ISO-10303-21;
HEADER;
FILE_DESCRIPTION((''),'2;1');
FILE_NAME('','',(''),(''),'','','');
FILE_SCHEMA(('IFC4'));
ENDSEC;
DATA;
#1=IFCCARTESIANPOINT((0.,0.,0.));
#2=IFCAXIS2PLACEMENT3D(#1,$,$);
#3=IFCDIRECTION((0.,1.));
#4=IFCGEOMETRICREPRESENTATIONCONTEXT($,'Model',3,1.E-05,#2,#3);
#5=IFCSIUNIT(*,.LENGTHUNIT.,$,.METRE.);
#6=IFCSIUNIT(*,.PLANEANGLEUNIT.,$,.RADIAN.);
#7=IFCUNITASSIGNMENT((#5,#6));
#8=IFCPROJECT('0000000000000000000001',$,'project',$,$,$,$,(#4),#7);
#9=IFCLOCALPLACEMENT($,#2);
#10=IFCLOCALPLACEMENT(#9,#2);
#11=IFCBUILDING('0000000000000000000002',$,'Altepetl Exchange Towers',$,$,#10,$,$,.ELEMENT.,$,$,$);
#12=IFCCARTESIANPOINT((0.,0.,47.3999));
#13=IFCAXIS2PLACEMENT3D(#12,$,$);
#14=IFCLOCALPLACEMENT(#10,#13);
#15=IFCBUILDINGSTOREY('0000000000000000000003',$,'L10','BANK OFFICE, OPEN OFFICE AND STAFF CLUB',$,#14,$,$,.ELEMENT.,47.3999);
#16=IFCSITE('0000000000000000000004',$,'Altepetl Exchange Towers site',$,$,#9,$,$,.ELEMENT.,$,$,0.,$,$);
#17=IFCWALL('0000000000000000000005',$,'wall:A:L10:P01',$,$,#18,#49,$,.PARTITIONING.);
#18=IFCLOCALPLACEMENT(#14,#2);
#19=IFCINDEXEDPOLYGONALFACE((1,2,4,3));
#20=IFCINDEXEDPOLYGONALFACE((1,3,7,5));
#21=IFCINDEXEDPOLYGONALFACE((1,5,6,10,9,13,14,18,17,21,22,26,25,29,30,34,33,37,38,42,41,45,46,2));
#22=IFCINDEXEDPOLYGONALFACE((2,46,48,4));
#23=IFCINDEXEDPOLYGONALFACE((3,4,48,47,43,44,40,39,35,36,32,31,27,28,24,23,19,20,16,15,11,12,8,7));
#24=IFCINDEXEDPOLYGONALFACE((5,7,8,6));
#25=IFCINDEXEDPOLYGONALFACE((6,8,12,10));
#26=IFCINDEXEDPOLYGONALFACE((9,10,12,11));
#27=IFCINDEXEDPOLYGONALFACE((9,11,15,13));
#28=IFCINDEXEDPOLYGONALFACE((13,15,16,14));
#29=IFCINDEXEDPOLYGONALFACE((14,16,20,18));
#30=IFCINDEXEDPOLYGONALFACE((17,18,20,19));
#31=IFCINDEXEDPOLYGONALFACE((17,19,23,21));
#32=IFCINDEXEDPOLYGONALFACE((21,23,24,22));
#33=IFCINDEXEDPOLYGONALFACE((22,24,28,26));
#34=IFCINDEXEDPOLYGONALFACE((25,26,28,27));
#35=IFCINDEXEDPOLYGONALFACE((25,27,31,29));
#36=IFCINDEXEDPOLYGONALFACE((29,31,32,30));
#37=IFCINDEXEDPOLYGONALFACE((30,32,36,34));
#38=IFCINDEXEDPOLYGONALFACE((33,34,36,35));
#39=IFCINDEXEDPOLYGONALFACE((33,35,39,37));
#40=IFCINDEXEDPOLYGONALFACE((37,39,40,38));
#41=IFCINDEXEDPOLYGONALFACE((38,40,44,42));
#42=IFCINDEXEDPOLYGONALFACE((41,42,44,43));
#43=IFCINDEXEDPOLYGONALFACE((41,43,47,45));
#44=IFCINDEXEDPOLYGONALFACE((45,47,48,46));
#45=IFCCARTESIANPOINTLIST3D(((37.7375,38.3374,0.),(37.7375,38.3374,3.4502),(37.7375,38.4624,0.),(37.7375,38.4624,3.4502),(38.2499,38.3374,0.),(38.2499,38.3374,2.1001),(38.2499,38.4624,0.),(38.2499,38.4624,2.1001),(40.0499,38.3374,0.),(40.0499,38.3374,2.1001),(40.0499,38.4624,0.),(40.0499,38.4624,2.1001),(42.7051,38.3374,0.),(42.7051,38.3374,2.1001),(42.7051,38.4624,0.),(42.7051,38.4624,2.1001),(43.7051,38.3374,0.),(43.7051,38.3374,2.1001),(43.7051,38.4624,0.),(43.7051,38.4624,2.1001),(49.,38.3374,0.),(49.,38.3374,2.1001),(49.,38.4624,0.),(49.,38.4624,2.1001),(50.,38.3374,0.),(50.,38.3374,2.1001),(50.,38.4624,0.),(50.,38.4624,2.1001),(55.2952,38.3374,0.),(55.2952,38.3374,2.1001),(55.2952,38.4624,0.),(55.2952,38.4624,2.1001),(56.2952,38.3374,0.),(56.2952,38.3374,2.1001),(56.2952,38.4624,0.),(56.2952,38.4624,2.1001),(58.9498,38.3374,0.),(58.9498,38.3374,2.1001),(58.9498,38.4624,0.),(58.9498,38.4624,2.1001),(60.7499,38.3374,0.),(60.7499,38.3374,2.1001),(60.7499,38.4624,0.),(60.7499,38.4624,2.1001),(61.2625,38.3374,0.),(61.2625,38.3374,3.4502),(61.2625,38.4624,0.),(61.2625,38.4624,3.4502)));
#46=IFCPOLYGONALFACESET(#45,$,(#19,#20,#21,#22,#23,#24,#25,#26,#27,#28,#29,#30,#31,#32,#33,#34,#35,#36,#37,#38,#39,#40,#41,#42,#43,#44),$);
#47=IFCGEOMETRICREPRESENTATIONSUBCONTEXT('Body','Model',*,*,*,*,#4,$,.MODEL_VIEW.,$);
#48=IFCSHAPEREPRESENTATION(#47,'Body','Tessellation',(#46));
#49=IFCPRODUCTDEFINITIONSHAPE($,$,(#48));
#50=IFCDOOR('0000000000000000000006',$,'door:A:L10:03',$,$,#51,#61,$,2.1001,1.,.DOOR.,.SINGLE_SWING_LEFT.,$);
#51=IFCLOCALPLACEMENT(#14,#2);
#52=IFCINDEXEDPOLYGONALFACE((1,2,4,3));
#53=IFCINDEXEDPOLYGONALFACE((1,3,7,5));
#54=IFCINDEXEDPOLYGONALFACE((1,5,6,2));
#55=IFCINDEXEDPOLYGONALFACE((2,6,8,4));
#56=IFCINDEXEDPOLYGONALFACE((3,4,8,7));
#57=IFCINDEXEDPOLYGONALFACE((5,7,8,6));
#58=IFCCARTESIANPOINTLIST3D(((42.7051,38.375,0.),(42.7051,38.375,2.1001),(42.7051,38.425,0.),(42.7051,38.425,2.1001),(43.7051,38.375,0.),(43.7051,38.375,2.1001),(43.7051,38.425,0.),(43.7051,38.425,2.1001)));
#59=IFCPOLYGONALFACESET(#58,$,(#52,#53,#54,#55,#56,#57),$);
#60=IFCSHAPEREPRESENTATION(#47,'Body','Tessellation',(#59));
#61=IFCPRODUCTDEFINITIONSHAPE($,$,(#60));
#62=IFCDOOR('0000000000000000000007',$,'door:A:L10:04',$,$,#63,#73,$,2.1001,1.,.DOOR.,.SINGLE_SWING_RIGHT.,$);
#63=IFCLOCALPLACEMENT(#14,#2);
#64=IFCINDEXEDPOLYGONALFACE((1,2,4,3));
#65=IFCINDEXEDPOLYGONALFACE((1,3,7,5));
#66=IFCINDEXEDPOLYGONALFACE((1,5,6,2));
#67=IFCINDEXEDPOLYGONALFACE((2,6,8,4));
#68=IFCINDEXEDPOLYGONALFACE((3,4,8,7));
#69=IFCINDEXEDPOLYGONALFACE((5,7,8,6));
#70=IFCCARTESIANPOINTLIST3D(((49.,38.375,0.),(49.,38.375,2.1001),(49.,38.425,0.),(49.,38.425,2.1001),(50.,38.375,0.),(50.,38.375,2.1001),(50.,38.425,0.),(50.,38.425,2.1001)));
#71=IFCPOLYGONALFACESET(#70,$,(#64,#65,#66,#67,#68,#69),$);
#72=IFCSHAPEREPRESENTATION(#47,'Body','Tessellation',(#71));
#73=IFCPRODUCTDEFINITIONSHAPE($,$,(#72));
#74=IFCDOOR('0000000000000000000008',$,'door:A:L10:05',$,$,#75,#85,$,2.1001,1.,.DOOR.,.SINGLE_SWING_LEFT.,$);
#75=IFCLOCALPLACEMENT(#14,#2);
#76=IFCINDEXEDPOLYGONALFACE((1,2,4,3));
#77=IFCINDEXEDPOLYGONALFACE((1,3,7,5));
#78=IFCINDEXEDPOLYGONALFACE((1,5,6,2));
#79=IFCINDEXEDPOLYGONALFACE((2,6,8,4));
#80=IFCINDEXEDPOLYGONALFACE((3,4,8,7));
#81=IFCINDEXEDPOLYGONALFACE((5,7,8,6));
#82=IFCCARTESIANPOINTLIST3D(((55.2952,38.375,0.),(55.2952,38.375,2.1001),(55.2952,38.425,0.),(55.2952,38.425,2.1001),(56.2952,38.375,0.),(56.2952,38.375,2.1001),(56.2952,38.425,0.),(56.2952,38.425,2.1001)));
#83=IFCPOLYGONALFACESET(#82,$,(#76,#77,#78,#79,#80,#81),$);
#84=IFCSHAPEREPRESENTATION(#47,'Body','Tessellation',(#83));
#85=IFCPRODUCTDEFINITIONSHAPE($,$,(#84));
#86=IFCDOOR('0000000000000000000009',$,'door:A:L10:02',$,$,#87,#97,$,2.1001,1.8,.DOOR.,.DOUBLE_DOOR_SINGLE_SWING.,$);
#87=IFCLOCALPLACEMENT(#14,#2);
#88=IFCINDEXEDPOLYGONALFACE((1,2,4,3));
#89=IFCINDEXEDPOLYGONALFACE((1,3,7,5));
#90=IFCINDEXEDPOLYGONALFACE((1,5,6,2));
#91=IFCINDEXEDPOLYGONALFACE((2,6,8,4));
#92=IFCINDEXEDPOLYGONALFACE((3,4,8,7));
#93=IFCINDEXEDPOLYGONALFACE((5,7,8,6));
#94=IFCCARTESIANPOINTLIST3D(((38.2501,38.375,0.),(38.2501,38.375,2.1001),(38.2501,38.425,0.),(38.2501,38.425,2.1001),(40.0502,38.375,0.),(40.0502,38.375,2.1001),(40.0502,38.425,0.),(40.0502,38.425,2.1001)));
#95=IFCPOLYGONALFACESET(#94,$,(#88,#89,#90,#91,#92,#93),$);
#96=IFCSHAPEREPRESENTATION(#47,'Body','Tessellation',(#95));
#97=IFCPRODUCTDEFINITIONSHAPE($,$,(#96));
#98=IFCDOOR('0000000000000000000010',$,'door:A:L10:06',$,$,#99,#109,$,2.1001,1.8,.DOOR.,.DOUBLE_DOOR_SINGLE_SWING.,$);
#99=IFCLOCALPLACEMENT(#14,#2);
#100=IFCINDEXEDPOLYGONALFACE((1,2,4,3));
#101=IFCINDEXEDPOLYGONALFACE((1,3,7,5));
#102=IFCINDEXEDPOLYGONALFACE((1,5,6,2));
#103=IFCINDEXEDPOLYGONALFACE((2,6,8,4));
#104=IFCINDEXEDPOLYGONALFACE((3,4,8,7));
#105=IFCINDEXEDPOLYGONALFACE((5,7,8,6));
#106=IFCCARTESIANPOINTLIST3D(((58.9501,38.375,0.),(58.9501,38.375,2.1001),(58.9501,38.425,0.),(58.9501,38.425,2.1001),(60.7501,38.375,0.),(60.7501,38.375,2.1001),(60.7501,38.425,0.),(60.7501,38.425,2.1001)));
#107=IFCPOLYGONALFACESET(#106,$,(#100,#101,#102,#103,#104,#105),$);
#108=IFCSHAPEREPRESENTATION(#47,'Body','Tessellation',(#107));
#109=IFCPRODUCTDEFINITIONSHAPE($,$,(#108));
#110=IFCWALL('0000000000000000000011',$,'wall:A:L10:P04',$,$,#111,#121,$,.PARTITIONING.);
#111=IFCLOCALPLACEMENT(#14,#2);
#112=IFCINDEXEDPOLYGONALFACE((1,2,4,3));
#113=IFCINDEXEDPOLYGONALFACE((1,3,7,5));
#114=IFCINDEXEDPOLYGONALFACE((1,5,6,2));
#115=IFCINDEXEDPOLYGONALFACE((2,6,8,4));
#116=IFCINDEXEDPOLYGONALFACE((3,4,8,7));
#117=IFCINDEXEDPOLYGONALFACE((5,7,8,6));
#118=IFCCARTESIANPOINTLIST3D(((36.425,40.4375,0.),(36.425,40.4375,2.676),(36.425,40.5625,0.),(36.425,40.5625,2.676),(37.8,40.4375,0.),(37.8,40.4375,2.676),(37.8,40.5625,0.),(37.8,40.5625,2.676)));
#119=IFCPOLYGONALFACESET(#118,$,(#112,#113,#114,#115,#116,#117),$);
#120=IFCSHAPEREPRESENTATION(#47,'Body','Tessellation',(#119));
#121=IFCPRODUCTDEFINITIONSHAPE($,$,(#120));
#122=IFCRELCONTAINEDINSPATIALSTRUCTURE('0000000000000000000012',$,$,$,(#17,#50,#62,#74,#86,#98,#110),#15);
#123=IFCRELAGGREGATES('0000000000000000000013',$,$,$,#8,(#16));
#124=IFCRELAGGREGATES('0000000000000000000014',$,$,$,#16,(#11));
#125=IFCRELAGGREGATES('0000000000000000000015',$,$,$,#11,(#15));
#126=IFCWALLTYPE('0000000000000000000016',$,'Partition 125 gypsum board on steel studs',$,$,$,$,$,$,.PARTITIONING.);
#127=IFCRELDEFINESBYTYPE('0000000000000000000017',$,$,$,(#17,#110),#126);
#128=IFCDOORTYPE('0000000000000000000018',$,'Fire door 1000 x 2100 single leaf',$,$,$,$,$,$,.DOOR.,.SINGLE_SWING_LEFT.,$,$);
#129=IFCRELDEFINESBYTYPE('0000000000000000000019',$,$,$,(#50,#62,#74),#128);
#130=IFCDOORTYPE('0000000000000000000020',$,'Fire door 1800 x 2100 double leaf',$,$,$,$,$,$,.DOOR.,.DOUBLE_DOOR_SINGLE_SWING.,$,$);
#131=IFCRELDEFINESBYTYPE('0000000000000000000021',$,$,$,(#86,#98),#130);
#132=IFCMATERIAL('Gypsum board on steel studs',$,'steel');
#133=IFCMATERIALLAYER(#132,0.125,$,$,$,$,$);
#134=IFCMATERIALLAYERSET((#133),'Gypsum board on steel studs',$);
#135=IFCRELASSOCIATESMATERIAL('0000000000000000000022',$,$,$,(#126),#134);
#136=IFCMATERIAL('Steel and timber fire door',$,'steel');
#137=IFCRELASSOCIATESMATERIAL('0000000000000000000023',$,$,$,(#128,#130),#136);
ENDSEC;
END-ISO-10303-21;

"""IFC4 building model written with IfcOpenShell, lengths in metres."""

from ifc_helpers import new_model, si_unit, direction, frame, frame_2d, origin, place, context, subcontext, project, spatial, rectangle, extrude, material, layer, layer_set, type_object, element, fill, save


model = new_model("IFC4")

# Units and contexts
model_context = context("Model", 3, precision=1e-05, world=origin(), true_north=direction((0.0, 1.0)))
body_context = subcontext(model_context, "Body", "Model", "MODEL_VIEW")
ifc_project = project(units=[si_unit("LENGTHUNIT", "METRE"), si_unit("PLANEANGLEUNIT", "RADIAN")], contexts=[model_context])

# Site, building, storey
site_placement = place(None, origin())
site = spatial("IfcSite", under=ifc_project, at=site_placement, Name="Altepetl Exchange Towers site", CompositionType="ELEMENT", RefElevation=0.0)
building_placement = place(site_placement, origin())
building = spatial("IfcBuilding", under=site, at=building_placement, Name="Altepetl Exchange Towers", CompositionType="ELEMENT")
storey_placement = place(building_placement, frame((0.0, 0.0, 47.3999)))
storey = spatial("IfcBuildingStorey", under=building, at=storey_placement, Name="L10", Description="BANK OFFICE, OPEN OFFICE AND STAFF CLUB", CompositionType="ELEMENT", Elevation=47.3999)

# Wall, openings, doors
ifc_material_1 = material(Name="Steel and timber fire door", Category="steel")
ifc_material_2 = material(Name="Gypsum board on steel studs", Category="steel")
ifc_layer_1 = layer(ifc_material_2, 0.125)
ifc_layer_set_1 = layer_set([ifc_layer_1], Name="Gypsum board on steel studs")
wall_type_1 = type_object("IfcWallType", Name="Partition 125 gypsum board on steel studs", PredefinedType="PARTITIONING", material=ifc_layer_set_1)
wall_1_placement = place(storey_placement, frame((37.7375, 38.3999, 0.0)))
wall_1 = element("IfcWall", 1, at=wall_1_placement, inside=storey, type_object=wall_type_1, Name="wall:A:L10:P01", PredefinedType="PARTITIONING", context=body_context, shape_type="SweptSolid", body=[
    extrude(rectangle(XDim=23.5249, YDim=0.125, at=frame_2d((11.7625, 0.0))), origin(), (0.0, 0.0, 1.0), 3.4502),
])
opening_1_placement = place(wall_1_placement, frame((0.5125, 0.0, 0.0)))
opening_1 = element("IfcOpeningElement", 2, at=opening_1_placement, cuts=wall_1, PredefinedType="OPENING", context=body_context, shape_type="SweptSolid", body=[
    extrude(rectangle(XDim=1.8, YDim=2.1001, at=frame_2d((0.8999, 1.05))), frame((0.0, 0.0725, 0.0), z_axis=(0.0, -1.0, 0.0), x_axis=(1.0, 0.0, 0.0)), (0.0, 0.0, 1.0), 0.145),
])
opening_2_placement = place(wall_1_placement, frame((4.9675, 0.0, 0.0)))
opening_2 = element("IfcOpeningElement", 3, at=opening_2_placement, cuts=wall_1, PredefinedType="OPENING", context=body_context, shape_type="SweptSolid", body=[
    extrude(rectangle(XDim=1.0, YDim=2.1001, at=frame_2d((0.5, 1.05))), frame((0.0, 0.0725, 0.0), z_axis=(0.0, -1.0, 0.0), x_axis=(1.0, 0.0, 0.0)), (0.0, 0.0, 1.0), 0.145),
])
opening_3_placement = place(wall_1_placement, frame((11.2625, 0.0, 0.0)))
opening_3 = element("IfcOpeningElement", 4, at=opening_3_placement, cuts=wall_1, PredefinedType="OPENING", context=body_context, shape_type="SweptSolid", body=[
    extrude(rectangle(XDim=1.0, YDim=2.1001, at=frame_2d((0.5, 1.05))), frame((0.0, 0.0725, 0.0), z_axis=(0.0, -1.0, 0.0), x_axis=(1.0, 0.0, 0.0)), (0.0, 0.0, 1.0), 0.145),
])
opening_4_placement = place(wall_1_placement, frame((17.5576, 0.0, 0.0)))
opening_4 = element("IfcOpeningElement", 5, at=opening_4_placement, cuts=wall_1, PredefinedType="OPENING", context=body_context, shape_type="SweptSolid", body=[
    extrude(rectangle(XDim=1.0, YDim=2.1001, at=frame_2d((0.5, 1.05))), frame((0.0, 0.0725, 0.0), z_axis=(0.0, -1.0, 0.0), x_axis=(1.0, 0.0, 0.0)), (0.0, 0.0, 1.0), 0.145),
])
opening_5_placement = place(wall_1_placement, frame((21.2124, 0.0, 0.0)))
opening_5 = element("IfcOpeningElement", 6, at=opening_5_placement, cuts=wall_1, PredefinedType="OPENING", context=body_context, shape_type="SweptSolid", body=[
    extrude(rectangle(XDim=1.8, YDim=2.1001, at=frame_2d((0.8999, 1.05))), frame((0.0, 0.0725, 0.0), z_axis=(0.0, -1.0, 0.0), x_axis=(1.0, 0.0, 0.0)), (0.0, 0.0, 1.0), 0.145),
])
door_type_1 = type_object("IfcDoorType", Name="Fire door 1000 x 2100 single leaf", OperationType="SINGLE_SWING_LEFT", PredefinedType="DOOR", material=ifc_material_1)
door_1_placement = place(opening_2_placement, frame((1.0, 0.0, 0.0), x_axis=(-1.0, 0.0, 0.0)))
door_1 = element("IfcDoor", 7, at=door_1_placement, inside=storey, type_object=door_type_1, Name="door:A:L10:03", OperationType="SINGLE_SWING_LEFT", OverallHeight=2.1001, OverallWidth=1.0, PredefinedType="DOOR", context=body_context, shape_type="SweptSolid", body=[
    extrude(rectangle(XDim=1.0, YDim=2.1001, at=frame_2d((0.5, 1.05))), frame((0.0, 0.0249, 0.0), z_axis=(0.0, -1.0, 0.0), x_axis=(1.0, 0.0, 0.0)), (0.0, 0.0, 1.0), 0.05),
])
fill(opening_2, door_1)
door_2_placement = place(opening_3_placement, frame((1.0, 0.0, 0.0), x_axis=(-1.0, 0.0, 0.0)))
door_2 = element("IfcDoor", 8, at=door_2_placement, inside=storey, type_object=door_type_1, Name="door:A:L10:04", OperationType="SINGLE_SWING_RIGHT", OverallHeight=2.1001, OverallWidth=1.0, PredefinedType="DOOR", context=body_context, shape_type="SweptSolid", body=[
    extrude(rectangle(XDim=1.0, YDim=2.1001, at=frame_2d((0.5, 1.05))), frame((0.0, 0.0249, 0.0), z_axis=(0.0, -1.0, 0.0), x_axis=(1.0, 0.0, 0.0)), (0.0, 0.0, 1.0), 0.05),
])
fill(opening_3, door_2)
door_3_placement = place(opening_4_placement, frame((1.0, 0.0, 0.0), x_axis=(-1.0, 0.0, 0.0)))
door_3 = element("IfcDoor", 9, at=door_3_placement, inside=storey, type_object=door_type_1, Name="door:A:L10:05", OperationType="SINGLE_SWING_LEFT", OverallHeight=2.1001, OverallWidth=1.0, PredefinedType="DOOR", context=body_context, shape_type="SweptSolid", body=[
    extrude(rectangle(XDim=1.0, YDim=2.1001, at=frame_2d((0.5, 1.05))), frame((0.0, 0.0249, 0.0), z_axis=(0.0, -1.0, 0.0), x_axis=(1.0, 0.0, 0.0)), (0.0, 0.0, 1.0), 0.05),
])
fill(opening_4, door_3)
door_type_2 = type_object("IfcDoorType", Name="Fire door 1800 x 2100 double leaf", OperationType="DOUBLE_DOOR_SINGLE_SWING", PredefinedType="DOOR", material=ifc_material_1)
door_4_placement = place(opening_1_placement, frame((1.8, 0.0, 0.0), x_axis=(-1.0, 0.0, 0.0)))
door_4 = element("IfcDoor", 10, at=door_4_placement, inside=storey, type_object=door_type_2, Name="door:A:L10:02", OperationType="DOUBLE_DOOR_SINGLE_SWING", OverallHeight=2.1001, OverallWidth=1.8, PredefinedType="DOOR", context=body_context, shape_type="SweptSolid", body=[
    extrude(rectangle(XDim=1.8, YDim=2.1001, at=frame_2d((0.8999, 1.05))), frame((0.0, 0.0249, 0.0), z_axis=(0.0, -1.0, 0.0), x_axis=(1.0, 0.0, 0.0)), (0.0, 0.0, 1.0), 0.05),
])
fill(opening_1, door_4)
door_5_placement = place(opening_5_placement, frame((1.8, 0.0, 0.0), x_axis=(-1.0, 0.0, 0.0)))
door_5 = element("IfcDoor", 11, at=door_5_placement, inside=storey, type_object=door_type_2, Name="door:A:L10:06", OperationType="DOUBLE_DOOR_SINGLE_SWING", OverallHeight=2.1001, OverallWidth=1.8, PredefinedType="DOOR", context=body_context, shape_type="SweptSolid", body=[
    extrude(rectangle(XDim=1.8, YDim=2.1001, at=frame_2d((0.8999, 1.05))), frame((0.0, 0.0249, 0.0), z_axis=(0.0, -1.0, 0.0), x_axis=(1.0, 0.0, 0.0)), (0.0, 0.0, 1.0), 0.05),
])
fill(opening_5, door_5)

# Wall
wall_2_placement = place(storey_placement, frame((36.425, 40.5, 0.0)))
element("IfcWall", 12, at=wall_2_placement, inside=storey, type_object=wall_type_1, Name="wall:A:L10:P04", PredefinedType="PARTITIONING", context=body_context, shape_type="SweptSolid", body=[
    extrude(rectangle(XDim=1.375, YDim=0.125, at=frame_2d((0.6875, 0.0))), origin(), (0.0, 0.0, 1.0), 2.676),
])

save(model, "model.ifc")
